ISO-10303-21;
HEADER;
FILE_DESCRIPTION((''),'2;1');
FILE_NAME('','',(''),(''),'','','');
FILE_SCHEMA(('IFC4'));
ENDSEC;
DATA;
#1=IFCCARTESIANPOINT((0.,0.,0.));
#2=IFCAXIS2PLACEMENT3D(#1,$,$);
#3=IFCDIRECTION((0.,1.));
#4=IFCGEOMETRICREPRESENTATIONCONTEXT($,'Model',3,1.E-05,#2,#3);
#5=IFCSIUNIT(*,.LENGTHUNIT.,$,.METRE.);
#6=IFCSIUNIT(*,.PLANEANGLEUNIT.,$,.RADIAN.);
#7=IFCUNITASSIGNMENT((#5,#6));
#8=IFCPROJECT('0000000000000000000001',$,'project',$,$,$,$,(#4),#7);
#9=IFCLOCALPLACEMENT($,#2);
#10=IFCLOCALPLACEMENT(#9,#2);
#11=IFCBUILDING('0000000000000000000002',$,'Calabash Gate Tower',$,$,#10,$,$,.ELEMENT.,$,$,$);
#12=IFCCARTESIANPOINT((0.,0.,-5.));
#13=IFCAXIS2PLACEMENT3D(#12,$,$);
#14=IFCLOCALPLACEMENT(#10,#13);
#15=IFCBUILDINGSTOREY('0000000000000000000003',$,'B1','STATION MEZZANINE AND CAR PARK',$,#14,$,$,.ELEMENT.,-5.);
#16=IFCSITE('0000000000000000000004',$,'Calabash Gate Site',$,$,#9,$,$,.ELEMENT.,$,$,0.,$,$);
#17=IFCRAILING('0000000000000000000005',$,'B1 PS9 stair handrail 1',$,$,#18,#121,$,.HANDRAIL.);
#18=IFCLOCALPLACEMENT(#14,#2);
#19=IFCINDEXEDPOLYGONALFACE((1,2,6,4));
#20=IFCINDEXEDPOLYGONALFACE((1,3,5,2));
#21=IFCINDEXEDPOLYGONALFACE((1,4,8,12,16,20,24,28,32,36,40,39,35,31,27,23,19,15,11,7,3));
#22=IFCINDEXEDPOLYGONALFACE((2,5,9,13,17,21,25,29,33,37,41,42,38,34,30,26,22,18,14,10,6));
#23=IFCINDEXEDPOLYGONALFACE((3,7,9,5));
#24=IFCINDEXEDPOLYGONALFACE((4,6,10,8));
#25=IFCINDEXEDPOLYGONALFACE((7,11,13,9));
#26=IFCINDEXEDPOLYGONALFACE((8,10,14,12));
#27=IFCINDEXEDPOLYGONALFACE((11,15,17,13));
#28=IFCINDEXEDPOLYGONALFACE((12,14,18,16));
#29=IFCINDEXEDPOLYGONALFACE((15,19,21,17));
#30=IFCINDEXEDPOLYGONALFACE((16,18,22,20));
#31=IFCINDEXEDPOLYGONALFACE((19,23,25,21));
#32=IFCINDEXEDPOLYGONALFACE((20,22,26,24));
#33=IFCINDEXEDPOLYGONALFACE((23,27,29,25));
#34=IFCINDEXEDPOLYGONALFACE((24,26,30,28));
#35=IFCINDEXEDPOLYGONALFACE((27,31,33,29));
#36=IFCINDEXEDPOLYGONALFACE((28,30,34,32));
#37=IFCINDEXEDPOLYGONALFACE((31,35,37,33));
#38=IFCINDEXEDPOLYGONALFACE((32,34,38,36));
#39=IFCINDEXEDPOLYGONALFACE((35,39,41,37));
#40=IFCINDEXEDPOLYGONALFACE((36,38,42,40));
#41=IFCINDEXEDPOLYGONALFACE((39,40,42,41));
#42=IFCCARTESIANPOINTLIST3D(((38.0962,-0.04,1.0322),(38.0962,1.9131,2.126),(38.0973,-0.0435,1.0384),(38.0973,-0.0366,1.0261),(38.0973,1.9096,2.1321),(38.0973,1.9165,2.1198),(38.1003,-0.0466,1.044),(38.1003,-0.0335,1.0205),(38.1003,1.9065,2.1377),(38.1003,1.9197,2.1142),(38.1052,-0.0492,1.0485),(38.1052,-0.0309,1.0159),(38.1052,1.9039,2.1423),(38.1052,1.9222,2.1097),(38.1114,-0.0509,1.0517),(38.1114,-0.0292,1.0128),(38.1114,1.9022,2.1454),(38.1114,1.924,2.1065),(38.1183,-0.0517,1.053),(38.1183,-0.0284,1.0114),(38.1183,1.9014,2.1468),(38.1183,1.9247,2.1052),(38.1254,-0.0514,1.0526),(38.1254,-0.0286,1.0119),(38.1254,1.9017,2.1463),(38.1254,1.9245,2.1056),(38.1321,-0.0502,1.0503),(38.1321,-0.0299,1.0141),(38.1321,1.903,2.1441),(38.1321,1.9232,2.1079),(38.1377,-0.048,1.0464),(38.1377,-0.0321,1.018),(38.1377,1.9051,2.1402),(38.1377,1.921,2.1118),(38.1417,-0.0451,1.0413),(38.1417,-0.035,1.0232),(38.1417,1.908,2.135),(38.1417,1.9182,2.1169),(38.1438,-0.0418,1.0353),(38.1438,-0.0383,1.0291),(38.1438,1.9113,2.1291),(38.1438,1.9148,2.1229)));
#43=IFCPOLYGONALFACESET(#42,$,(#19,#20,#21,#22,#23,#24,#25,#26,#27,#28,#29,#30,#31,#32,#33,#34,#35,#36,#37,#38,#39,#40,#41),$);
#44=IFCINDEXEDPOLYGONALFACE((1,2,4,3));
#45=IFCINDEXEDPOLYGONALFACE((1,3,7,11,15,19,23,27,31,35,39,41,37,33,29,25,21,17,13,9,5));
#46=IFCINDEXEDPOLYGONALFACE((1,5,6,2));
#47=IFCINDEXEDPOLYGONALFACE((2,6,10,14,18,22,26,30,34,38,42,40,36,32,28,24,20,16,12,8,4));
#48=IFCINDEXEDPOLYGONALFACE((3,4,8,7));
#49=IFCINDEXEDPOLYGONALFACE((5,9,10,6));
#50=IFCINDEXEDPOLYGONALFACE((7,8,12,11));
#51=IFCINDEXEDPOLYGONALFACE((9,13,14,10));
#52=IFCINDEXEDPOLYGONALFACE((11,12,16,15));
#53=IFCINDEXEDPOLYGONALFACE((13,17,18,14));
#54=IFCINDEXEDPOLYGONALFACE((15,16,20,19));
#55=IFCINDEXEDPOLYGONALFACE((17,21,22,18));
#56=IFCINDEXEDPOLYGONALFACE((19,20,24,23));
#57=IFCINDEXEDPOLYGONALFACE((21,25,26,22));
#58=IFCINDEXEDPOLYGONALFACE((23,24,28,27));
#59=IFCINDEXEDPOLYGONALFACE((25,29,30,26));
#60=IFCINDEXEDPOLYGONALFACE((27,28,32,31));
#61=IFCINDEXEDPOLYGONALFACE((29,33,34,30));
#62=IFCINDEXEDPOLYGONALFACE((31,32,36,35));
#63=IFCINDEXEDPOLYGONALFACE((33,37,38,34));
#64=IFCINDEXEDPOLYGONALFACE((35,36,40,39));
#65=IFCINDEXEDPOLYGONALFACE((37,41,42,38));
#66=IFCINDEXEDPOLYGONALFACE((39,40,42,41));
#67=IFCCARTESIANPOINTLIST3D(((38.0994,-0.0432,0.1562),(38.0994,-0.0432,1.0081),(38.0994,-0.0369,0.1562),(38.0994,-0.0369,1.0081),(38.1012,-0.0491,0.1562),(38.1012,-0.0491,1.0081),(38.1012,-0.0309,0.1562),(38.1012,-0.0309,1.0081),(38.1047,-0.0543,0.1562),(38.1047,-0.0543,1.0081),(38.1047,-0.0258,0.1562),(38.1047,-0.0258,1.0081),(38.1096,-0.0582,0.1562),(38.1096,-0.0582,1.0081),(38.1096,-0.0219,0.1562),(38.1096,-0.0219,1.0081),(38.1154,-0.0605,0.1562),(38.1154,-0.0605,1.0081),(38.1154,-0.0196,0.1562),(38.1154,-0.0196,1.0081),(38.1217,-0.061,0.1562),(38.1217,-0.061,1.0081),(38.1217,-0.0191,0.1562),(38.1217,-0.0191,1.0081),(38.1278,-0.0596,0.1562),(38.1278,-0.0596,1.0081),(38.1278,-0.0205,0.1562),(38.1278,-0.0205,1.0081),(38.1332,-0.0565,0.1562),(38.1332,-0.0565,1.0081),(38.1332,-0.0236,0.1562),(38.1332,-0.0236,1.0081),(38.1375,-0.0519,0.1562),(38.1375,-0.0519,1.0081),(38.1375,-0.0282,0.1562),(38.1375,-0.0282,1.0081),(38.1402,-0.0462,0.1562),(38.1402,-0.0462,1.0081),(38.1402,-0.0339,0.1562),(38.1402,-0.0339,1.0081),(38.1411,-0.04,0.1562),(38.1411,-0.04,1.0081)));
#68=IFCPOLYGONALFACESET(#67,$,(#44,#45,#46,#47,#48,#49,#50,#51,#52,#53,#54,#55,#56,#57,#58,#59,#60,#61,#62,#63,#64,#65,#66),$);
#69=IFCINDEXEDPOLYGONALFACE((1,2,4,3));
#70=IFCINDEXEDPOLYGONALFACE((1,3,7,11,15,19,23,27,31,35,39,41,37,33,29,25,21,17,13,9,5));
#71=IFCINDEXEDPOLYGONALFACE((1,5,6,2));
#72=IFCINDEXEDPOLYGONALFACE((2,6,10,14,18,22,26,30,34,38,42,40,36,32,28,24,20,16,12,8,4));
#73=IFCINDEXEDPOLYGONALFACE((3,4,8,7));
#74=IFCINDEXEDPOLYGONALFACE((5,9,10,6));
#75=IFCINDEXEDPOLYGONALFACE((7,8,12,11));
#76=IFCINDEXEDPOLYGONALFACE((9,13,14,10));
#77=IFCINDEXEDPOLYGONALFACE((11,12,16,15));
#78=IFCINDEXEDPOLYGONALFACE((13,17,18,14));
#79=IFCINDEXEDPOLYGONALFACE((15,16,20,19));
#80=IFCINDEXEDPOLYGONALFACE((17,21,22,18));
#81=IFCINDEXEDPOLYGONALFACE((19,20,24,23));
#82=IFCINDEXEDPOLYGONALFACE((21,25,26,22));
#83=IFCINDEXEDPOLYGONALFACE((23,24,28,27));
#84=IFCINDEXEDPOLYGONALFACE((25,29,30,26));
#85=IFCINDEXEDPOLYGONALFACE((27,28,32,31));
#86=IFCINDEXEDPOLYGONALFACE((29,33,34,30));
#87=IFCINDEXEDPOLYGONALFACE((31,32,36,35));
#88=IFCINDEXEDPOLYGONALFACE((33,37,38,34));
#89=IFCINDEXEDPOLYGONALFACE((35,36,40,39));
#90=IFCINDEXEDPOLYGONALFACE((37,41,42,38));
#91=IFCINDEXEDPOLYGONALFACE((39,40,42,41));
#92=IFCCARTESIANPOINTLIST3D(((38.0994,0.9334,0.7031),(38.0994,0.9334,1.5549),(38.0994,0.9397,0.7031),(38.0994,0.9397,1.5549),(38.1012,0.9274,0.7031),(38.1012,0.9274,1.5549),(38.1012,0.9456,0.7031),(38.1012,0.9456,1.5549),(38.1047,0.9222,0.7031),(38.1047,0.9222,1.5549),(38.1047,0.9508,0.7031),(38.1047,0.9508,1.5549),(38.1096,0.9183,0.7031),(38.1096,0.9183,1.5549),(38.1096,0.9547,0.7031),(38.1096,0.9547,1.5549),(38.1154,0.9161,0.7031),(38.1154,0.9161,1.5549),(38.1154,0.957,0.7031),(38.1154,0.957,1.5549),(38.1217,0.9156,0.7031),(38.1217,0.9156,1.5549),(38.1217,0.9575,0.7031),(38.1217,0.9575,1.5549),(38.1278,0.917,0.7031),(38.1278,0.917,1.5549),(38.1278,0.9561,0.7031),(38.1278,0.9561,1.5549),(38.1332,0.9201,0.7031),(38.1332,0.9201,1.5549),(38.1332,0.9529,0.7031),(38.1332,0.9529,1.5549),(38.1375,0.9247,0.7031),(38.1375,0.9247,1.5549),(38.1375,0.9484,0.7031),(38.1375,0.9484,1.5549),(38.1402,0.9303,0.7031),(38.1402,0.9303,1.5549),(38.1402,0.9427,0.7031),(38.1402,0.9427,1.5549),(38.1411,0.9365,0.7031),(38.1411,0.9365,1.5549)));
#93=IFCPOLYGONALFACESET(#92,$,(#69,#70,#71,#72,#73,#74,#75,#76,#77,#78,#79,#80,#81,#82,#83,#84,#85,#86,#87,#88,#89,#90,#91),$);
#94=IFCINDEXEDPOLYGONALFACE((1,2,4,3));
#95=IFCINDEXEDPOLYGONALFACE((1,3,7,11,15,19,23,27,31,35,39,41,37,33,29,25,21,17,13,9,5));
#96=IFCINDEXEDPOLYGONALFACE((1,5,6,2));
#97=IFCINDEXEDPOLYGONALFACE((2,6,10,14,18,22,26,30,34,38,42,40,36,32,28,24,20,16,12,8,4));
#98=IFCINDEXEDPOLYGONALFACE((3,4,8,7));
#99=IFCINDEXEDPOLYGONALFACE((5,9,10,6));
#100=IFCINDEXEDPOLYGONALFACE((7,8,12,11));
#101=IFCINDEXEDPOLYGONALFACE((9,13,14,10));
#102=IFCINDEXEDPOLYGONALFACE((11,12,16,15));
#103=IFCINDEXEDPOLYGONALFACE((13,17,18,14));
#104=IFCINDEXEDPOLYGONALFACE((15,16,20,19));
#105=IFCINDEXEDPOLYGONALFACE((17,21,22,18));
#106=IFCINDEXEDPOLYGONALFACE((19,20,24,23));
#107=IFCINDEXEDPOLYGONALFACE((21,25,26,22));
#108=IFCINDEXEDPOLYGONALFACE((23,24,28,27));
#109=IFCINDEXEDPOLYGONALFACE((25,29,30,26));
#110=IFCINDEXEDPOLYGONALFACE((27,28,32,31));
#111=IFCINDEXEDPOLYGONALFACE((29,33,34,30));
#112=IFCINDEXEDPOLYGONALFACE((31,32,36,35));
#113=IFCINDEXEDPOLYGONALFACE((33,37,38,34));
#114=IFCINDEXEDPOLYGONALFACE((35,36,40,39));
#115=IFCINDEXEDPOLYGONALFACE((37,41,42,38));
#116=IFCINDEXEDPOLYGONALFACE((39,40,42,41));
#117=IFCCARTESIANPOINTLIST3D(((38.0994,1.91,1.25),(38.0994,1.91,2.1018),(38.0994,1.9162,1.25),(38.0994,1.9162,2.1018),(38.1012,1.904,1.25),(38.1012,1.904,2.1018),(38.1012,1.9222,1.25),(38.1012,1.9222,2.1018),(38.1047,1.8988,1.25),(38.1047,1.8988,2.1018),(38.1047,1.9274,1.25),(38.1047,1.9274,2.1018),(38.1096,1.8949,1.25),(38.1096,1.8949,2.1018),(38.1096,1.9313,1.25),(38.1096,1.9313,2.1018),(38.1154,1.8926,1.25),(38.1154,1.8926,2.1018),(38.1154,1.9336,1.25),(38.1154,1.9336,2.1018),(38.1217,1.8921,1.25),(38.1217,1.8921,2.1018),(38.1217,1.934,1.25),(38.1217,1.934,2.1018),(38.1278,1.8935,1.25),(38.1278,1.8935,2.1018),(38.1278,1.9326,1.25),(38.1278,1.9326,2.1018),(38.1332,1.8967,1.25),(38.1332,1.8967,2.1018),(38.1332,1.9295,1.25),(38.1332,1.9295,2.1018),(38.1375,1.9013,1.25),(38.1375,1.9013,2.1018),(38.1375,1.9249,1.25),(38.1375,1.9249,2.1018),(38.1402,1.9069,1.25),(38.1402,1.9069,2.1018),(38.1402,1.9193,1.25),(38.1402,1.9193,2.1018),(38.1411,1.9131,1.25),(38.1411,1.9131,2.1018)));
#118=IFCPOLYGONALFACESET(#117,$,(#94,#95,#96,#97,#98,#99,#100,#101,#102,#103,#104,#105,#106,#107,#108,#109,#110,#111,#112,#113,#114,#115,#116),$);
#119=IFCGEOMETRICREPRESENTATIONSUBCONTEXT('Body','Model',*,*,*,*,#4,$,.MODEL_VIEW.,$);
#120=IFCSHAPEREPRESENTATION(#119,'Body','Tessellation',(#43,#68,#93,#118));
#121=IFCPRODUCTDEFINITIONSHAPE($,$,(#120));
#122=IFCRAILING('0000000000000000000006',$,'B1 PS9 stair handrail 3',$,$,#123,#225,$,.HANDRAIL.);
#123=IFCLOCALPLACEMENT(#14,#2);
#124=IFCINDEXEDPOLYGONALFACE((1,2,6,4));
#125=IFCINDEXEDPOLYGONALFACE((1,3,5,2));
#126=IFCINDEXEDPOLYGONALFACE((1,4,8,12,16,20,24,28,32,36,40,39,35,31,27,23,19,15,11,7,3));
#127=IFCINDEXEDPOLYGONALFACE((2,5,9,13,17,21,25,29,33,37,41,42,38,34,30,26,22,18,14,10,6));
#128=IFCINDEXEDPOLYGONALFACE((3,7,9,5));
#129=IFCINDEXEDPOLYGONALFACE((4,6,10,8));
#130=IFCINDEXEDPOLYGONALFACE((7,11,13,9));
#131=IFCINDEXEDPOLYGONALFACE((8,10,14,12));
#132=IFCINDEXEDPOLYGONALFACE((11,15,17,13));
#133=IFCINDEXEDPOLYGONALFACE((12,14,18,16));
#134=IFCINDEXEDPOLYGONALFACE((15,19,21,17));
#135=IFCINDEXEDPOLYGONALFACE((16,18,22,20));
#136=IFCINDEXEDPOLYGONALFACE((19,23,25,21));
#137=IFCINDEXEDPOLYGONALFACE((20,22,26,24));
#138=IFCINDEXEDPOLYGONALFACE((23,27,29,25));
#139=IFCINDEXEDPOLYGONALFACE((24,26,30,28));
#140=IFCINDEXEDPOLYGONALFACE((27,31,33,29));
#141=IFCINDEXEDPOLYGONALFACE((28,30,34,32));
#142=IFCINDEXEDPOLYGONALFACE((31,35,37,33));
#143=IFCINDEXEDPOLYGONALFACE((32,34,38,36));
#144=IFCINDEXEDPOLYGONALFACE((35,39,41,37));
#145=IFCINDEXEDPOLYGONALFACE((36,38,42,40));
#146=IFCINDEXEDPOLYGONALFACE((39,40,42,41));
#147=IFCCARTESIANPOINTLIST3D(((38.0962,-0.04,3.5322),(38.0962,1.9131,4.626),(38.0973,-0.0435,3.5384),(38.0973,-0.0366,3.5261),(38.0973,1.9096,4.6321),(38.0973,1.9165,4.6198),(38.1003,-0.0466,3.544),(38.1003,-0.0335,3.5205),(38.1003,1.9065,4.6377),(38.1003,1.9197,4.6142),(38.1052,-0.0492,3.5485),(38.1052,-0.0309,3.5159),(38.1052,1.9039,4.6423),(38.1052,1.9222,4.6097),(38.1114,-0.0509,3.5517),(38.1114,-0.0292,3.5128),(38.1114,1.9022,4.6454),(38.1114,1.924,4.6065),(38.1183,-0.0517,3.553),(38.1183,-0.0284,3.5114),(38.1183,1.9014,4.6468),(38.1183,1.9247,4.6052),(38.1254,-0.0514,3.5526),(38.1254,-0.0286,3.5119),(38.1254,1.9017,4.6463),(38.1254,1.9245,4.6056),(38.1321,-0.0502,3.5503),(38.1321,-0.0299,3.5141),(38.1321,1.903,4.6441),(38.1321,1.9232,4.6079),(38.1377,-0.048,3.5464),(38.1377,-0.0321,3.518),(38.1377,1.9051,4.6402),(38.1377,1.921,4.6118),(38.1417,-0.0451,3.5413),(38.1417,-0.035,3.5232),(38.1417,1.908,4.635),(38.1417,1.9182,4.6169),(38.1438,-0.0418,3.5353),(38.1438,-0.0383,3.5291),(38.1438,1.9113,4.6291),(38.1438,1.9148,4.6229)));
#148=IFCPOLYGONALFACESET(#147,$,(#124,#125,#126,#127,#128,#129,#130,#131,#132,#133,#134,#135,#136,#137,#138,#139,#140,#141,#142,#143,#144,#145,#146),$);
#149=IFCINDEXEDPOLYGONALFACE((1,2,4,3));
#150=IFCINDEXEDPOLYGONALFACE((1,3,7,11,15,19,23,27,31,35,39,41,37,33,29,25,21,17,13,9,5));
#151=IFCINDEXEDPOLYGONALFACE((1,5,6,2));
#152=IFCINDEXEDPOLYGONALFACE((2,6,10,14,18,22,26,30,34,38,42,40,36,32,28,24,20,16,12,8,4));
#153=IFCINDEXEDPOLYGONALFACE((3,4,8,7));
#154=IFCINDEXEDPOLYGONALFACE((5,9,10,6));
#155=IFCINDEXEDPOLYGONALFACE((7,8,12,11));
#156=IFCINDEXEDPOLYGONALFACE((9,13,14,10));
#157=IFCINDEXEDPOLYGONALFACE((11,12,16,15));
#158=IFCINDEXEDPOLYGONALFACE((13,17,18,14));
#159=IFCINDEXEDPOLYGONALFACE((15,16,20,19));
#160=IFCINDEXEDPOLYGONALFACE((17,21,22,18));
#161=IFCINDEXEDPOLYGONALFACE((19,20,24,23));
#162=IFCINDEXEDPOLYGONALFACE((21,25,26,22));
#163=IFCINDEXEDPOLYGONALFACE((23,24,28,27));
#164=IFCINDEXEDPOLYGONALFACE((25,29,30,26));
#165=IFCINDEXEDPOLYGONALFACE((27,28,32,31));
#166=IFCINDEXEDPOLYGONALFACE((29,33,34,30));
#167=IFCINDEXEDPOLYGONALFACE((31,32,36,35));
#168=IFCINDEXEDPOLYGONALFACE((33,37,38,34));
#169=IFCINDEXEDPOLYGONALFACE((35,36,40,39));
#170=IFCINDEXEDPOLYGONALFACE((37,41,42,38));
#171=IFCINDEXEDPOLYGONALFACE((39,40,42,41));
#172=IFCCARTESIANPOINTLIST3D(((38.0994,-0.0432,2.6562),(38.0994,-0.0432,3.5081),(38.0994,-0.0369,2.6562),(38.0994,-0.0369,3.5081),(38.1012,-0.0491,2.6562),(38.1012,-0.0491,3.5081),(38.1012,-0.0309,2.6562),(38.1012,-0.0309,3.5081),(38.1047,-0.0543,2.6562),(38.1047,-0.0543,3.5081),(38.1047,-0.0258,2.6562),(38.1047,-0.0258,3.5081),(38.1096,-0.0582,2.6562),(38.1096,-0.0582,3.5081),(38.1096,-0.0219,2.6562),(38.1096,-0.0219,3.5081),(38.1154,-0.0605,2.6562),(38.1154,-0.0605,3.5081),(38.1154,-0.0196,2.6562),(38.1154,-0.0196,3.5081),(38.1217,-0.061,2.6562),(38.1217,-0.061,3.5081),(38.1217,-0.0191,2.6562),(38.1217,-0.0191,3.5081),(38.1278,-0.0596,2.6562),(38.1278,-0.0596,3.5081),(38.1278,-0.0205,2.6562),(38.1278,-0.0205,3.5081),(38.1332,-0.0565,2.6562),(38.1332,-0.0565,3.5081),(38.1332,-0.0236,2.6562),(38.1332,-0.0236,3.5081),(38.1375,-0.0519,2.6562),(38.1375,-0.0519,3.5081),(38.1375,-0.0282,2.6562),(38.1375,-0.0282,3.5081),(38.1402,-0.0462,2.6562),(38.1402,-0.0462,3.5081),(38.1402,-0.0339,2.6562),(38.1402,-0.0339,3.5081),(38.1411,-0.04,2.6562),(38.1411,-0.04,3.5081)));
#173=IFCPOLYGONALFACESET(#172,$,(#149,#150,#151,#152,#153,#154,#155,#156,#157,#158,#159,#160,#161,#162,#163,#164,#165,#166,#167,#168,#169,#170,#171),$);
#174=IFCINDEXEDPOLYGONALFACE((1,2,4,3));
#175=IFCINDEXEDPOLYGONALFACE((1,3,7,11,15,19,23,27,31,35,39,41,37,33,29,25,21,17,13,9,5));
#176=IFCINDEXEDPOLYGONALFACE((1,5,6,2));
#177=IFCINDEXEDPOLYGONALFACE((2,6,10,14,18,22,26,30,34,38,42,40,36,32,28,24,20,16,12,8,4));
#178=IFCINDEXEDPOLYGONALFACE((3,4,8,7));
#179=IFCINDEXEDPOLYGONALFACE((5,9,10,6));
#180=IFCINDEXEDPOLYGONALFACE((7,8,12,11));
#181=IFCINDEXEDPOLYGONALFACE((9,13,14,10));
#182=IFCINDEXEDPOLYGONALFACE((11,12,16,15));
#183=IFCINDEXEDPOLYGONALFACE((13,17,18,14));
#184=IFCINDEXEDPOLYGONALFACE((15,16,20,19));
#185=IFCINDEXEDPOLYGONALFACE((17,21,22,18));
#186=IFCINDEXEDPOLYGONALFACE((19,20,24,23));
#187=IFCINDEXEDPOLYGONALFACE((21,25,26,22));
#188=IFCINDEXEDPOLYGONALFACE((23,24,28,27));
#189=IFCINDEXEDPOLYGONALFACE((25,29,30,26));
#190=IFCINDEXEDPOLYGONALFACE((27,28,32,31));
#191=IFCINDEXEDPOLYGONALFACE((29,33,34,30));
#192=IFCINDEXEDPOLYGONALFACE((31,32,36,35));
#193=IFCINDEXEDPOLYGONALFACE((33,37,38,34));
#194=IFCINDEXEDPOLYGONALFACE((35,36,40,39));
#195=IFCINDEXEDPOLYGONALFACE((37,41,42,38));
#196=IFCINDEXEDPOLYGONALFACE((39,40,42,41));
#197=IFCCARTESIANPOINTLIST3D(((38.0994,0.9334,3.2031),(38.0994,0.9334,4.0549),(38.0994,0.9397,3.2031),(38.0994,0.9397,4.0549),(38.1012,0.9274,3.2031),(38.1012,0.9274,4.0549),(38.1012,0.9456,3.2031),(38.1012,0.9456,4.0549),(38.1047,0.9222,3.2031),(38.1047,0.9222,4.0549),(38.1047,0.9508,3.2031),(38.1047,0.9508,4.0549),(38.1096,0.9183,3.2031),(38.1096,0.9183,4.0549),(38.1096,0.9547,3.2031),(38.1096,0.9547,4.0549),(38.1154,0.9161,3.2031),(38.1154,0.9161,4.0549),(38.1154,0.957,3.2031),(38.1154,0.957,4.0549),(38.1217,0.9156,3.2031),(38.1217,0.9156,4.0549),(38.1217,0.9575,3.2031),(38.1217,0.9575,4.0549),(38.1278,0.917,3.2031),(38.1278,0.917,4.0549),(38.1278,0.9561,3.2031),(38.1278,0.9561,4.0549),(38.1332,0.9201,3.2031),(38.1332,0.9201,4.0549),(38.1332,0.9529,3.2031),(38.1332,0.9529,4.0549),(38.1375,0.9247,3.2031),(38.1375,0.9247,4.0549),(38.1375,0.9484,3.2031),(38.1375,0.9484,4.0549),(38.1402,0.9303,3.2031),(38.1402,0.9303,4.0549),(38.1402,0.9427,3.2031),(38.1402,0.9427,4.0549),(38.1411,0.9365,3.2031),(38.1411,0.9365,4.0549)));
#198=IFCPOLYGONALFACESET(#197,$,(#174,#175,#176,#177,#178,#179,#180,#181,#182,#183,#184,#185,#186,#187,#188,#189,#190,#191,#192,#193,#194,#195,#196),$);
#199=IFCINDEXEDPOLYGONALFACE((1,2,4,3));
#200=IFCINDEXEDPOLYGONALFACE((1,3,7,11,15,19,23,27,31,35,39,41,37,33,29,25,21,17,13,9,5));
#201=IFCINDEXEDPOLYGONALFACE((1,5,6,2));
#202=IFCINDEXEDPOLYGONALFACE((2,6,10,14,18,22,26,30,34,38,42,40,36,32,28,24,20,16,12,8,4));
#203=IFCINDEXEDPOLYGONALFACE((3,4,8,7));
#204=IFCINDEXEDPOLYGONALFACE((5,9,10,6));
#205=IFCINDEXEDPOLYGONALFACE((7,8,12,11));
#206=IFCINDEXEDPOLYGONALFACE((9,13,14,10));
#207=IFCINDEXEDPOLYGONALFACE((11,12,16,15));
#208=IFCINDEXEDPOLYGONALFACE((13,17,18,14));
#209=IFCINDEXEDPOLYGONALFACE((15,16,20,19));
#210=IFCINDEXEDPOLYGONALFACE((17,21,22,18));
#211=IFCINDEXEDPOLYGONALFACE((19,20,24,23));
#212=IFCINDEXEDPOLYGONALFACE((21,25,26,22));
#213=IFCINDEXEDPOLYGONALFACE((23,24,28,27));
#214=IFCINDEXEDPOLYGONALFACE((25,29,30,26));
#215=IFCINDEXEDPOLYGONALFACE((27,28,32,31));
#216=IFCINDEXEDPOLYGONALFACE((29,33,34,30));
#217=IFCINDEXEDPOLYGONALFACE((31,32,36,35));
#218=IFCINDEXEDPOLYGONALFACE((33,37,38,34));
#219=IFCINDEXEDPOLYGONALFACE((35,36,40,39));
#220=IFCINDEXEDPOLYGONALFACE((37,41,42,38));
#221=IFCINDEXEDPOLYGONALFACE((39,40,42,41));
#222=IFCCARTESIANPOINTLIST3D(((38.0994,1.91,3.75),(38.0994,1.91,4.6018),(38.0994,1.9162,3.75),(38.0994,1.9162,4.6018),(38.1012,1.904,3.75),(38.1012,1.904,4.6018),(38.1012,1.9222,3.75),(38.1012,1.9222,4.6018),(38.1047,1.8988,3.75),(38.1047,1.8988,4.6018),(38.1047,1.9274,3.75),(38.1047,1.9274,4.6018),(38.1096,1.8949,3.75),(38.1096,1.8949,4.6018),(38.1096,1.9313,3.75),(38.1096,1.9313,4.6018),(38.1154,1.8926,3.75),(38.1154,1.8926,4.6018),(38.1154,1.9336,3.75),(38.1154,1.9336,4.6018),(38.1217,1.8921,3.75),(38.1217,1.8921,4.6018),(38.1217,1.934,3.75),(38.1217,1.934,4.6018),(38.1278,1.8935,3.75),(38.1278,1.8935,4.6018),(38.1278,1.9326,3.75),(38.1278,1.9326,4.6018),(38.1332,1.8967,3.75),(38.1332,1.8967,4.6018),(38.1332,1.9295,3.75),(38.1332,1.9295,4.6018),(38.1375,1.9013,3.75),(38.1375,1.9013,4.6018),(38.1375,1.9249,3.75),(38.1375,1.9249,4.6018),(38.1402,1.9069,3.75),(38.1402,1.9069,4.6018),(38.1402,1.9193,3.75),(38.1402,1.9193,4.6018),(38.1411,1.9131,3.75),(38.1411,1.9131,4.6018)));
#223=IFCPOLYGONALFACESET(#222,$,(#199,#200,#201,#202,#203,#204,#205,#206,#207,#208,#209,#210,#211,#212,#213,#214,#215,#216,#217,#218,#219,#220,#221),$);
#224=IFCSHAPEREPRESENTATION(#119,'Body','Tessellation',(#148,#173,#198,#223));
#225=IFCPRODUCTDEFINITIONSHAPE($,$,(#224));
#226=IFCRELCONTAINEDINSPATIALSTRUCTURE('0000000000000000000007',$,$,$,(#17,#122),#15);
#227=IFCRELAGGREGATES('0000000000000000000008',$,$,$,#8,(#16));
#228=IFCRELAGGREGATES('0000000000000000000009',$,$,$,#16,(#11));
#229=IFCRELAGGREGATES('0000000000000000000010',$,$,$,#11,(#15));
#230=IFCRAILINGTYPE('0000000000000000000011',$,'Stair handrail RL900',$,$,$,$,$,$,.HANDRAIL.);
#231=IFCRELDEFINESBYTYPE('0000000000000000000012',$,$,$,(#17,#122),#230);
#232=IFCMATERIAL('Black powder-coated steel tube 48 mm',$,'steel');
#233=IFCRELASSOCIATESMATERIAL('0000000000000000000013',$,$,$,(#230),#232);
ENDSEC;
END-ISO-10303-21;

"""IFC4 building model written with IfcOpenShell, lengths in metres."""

from ifc_helpers import new_model, si_unit, direction, frame, origin, origin_2d, place, context, subcontext, project, spatial, circle, extrude, material, type_object, element, save


model = new_model("IFC4")

# Units and contexts
model_context = context("Model", 3, precision=1e-05, world=origin(), true_north=direction((0.0, 1.0)))
body_context = subcontext(model_context, "Body", "Model", "MODEL_VIEW")
ifc_project = project(units=[si_unit("LENGTHUNIT", "METRE"), si_unit("PLANEANGLEUNIT", "RADIAN")], contexts=[model_context])

# Site, building, storey
site_placement = place(None, origin())
site = spatial("IfcSite", under=ifc_project, at=site_placement, Name="Calabash Gate Site", CompositionType="ELEMENT", RefElevation=0.0)
building_placement = place(site_placement, origin())
building = spatial("IfcBuilding", under=site, at=building_placement, Name="Calabash Gate Tower", CompositionType="ELEMENT")
storey_placement = place(building_placement, frame((0.0, 0.0, -5.0)))
storey = spatial("IfcBuildingStorey", under=building, at=storey_placement, Name="B1", Description="STATION MEZZANINE AND CAR PARK", CompositionType="ELEMENT", Elevation=-5.0)

# Railings
ifc_material_1 = material(Name="Black powder-coated steel tube 48 mm", Category="steel")
railing_type_1 = type_object("IfcRailingType", Name="Stair handrail RL900", PredefinedType="HANDRAIL", material=ifc_material_1)
for number, where, name in (
    (1, (38.1201, -0.04, 0.1562), "B1 PS9 stair handrail 1"),
    (2, (38.1201, -0.04, 2.6562), "B1 PS9 stair handrail 3"),
):
    element("IfcRailing", number, at=place(storey_placement, frame(where)), inside=storey, type_object=railing_type_1, Name=name, PredefinedType="HANDRAIL", context=body_context, shape_type="SweptSolid", body=[
        extrude(circle(Radius=0.0239, at=origin_2d()), frame((0.0, 0.0, 0.876), z_axis=(0.0, 0.872506, 0.488603), x_axis=(-1.0, 0.0, 0.0)), (0.0, 0.0, 1.0), 2.2385),
        extrude(circle(Radius=0.021, at=origin_2d()), origin(), (0.0, 0.0, 1.0), 0.8518),
        extrude(circle(Radius=0.021, at=origin_2d()), frame((0.0, 0.9766, 0.5469)), (0.0, 0.0, 1.0), 0.8518),
        extrude(circle(Radius=0.021, at=origin_2d()), frame((0.0, 1.9531, 1.0938)), (0.0, 0.0, 1.0), 0.8518),
    ])

save(model, "model.ifc")
